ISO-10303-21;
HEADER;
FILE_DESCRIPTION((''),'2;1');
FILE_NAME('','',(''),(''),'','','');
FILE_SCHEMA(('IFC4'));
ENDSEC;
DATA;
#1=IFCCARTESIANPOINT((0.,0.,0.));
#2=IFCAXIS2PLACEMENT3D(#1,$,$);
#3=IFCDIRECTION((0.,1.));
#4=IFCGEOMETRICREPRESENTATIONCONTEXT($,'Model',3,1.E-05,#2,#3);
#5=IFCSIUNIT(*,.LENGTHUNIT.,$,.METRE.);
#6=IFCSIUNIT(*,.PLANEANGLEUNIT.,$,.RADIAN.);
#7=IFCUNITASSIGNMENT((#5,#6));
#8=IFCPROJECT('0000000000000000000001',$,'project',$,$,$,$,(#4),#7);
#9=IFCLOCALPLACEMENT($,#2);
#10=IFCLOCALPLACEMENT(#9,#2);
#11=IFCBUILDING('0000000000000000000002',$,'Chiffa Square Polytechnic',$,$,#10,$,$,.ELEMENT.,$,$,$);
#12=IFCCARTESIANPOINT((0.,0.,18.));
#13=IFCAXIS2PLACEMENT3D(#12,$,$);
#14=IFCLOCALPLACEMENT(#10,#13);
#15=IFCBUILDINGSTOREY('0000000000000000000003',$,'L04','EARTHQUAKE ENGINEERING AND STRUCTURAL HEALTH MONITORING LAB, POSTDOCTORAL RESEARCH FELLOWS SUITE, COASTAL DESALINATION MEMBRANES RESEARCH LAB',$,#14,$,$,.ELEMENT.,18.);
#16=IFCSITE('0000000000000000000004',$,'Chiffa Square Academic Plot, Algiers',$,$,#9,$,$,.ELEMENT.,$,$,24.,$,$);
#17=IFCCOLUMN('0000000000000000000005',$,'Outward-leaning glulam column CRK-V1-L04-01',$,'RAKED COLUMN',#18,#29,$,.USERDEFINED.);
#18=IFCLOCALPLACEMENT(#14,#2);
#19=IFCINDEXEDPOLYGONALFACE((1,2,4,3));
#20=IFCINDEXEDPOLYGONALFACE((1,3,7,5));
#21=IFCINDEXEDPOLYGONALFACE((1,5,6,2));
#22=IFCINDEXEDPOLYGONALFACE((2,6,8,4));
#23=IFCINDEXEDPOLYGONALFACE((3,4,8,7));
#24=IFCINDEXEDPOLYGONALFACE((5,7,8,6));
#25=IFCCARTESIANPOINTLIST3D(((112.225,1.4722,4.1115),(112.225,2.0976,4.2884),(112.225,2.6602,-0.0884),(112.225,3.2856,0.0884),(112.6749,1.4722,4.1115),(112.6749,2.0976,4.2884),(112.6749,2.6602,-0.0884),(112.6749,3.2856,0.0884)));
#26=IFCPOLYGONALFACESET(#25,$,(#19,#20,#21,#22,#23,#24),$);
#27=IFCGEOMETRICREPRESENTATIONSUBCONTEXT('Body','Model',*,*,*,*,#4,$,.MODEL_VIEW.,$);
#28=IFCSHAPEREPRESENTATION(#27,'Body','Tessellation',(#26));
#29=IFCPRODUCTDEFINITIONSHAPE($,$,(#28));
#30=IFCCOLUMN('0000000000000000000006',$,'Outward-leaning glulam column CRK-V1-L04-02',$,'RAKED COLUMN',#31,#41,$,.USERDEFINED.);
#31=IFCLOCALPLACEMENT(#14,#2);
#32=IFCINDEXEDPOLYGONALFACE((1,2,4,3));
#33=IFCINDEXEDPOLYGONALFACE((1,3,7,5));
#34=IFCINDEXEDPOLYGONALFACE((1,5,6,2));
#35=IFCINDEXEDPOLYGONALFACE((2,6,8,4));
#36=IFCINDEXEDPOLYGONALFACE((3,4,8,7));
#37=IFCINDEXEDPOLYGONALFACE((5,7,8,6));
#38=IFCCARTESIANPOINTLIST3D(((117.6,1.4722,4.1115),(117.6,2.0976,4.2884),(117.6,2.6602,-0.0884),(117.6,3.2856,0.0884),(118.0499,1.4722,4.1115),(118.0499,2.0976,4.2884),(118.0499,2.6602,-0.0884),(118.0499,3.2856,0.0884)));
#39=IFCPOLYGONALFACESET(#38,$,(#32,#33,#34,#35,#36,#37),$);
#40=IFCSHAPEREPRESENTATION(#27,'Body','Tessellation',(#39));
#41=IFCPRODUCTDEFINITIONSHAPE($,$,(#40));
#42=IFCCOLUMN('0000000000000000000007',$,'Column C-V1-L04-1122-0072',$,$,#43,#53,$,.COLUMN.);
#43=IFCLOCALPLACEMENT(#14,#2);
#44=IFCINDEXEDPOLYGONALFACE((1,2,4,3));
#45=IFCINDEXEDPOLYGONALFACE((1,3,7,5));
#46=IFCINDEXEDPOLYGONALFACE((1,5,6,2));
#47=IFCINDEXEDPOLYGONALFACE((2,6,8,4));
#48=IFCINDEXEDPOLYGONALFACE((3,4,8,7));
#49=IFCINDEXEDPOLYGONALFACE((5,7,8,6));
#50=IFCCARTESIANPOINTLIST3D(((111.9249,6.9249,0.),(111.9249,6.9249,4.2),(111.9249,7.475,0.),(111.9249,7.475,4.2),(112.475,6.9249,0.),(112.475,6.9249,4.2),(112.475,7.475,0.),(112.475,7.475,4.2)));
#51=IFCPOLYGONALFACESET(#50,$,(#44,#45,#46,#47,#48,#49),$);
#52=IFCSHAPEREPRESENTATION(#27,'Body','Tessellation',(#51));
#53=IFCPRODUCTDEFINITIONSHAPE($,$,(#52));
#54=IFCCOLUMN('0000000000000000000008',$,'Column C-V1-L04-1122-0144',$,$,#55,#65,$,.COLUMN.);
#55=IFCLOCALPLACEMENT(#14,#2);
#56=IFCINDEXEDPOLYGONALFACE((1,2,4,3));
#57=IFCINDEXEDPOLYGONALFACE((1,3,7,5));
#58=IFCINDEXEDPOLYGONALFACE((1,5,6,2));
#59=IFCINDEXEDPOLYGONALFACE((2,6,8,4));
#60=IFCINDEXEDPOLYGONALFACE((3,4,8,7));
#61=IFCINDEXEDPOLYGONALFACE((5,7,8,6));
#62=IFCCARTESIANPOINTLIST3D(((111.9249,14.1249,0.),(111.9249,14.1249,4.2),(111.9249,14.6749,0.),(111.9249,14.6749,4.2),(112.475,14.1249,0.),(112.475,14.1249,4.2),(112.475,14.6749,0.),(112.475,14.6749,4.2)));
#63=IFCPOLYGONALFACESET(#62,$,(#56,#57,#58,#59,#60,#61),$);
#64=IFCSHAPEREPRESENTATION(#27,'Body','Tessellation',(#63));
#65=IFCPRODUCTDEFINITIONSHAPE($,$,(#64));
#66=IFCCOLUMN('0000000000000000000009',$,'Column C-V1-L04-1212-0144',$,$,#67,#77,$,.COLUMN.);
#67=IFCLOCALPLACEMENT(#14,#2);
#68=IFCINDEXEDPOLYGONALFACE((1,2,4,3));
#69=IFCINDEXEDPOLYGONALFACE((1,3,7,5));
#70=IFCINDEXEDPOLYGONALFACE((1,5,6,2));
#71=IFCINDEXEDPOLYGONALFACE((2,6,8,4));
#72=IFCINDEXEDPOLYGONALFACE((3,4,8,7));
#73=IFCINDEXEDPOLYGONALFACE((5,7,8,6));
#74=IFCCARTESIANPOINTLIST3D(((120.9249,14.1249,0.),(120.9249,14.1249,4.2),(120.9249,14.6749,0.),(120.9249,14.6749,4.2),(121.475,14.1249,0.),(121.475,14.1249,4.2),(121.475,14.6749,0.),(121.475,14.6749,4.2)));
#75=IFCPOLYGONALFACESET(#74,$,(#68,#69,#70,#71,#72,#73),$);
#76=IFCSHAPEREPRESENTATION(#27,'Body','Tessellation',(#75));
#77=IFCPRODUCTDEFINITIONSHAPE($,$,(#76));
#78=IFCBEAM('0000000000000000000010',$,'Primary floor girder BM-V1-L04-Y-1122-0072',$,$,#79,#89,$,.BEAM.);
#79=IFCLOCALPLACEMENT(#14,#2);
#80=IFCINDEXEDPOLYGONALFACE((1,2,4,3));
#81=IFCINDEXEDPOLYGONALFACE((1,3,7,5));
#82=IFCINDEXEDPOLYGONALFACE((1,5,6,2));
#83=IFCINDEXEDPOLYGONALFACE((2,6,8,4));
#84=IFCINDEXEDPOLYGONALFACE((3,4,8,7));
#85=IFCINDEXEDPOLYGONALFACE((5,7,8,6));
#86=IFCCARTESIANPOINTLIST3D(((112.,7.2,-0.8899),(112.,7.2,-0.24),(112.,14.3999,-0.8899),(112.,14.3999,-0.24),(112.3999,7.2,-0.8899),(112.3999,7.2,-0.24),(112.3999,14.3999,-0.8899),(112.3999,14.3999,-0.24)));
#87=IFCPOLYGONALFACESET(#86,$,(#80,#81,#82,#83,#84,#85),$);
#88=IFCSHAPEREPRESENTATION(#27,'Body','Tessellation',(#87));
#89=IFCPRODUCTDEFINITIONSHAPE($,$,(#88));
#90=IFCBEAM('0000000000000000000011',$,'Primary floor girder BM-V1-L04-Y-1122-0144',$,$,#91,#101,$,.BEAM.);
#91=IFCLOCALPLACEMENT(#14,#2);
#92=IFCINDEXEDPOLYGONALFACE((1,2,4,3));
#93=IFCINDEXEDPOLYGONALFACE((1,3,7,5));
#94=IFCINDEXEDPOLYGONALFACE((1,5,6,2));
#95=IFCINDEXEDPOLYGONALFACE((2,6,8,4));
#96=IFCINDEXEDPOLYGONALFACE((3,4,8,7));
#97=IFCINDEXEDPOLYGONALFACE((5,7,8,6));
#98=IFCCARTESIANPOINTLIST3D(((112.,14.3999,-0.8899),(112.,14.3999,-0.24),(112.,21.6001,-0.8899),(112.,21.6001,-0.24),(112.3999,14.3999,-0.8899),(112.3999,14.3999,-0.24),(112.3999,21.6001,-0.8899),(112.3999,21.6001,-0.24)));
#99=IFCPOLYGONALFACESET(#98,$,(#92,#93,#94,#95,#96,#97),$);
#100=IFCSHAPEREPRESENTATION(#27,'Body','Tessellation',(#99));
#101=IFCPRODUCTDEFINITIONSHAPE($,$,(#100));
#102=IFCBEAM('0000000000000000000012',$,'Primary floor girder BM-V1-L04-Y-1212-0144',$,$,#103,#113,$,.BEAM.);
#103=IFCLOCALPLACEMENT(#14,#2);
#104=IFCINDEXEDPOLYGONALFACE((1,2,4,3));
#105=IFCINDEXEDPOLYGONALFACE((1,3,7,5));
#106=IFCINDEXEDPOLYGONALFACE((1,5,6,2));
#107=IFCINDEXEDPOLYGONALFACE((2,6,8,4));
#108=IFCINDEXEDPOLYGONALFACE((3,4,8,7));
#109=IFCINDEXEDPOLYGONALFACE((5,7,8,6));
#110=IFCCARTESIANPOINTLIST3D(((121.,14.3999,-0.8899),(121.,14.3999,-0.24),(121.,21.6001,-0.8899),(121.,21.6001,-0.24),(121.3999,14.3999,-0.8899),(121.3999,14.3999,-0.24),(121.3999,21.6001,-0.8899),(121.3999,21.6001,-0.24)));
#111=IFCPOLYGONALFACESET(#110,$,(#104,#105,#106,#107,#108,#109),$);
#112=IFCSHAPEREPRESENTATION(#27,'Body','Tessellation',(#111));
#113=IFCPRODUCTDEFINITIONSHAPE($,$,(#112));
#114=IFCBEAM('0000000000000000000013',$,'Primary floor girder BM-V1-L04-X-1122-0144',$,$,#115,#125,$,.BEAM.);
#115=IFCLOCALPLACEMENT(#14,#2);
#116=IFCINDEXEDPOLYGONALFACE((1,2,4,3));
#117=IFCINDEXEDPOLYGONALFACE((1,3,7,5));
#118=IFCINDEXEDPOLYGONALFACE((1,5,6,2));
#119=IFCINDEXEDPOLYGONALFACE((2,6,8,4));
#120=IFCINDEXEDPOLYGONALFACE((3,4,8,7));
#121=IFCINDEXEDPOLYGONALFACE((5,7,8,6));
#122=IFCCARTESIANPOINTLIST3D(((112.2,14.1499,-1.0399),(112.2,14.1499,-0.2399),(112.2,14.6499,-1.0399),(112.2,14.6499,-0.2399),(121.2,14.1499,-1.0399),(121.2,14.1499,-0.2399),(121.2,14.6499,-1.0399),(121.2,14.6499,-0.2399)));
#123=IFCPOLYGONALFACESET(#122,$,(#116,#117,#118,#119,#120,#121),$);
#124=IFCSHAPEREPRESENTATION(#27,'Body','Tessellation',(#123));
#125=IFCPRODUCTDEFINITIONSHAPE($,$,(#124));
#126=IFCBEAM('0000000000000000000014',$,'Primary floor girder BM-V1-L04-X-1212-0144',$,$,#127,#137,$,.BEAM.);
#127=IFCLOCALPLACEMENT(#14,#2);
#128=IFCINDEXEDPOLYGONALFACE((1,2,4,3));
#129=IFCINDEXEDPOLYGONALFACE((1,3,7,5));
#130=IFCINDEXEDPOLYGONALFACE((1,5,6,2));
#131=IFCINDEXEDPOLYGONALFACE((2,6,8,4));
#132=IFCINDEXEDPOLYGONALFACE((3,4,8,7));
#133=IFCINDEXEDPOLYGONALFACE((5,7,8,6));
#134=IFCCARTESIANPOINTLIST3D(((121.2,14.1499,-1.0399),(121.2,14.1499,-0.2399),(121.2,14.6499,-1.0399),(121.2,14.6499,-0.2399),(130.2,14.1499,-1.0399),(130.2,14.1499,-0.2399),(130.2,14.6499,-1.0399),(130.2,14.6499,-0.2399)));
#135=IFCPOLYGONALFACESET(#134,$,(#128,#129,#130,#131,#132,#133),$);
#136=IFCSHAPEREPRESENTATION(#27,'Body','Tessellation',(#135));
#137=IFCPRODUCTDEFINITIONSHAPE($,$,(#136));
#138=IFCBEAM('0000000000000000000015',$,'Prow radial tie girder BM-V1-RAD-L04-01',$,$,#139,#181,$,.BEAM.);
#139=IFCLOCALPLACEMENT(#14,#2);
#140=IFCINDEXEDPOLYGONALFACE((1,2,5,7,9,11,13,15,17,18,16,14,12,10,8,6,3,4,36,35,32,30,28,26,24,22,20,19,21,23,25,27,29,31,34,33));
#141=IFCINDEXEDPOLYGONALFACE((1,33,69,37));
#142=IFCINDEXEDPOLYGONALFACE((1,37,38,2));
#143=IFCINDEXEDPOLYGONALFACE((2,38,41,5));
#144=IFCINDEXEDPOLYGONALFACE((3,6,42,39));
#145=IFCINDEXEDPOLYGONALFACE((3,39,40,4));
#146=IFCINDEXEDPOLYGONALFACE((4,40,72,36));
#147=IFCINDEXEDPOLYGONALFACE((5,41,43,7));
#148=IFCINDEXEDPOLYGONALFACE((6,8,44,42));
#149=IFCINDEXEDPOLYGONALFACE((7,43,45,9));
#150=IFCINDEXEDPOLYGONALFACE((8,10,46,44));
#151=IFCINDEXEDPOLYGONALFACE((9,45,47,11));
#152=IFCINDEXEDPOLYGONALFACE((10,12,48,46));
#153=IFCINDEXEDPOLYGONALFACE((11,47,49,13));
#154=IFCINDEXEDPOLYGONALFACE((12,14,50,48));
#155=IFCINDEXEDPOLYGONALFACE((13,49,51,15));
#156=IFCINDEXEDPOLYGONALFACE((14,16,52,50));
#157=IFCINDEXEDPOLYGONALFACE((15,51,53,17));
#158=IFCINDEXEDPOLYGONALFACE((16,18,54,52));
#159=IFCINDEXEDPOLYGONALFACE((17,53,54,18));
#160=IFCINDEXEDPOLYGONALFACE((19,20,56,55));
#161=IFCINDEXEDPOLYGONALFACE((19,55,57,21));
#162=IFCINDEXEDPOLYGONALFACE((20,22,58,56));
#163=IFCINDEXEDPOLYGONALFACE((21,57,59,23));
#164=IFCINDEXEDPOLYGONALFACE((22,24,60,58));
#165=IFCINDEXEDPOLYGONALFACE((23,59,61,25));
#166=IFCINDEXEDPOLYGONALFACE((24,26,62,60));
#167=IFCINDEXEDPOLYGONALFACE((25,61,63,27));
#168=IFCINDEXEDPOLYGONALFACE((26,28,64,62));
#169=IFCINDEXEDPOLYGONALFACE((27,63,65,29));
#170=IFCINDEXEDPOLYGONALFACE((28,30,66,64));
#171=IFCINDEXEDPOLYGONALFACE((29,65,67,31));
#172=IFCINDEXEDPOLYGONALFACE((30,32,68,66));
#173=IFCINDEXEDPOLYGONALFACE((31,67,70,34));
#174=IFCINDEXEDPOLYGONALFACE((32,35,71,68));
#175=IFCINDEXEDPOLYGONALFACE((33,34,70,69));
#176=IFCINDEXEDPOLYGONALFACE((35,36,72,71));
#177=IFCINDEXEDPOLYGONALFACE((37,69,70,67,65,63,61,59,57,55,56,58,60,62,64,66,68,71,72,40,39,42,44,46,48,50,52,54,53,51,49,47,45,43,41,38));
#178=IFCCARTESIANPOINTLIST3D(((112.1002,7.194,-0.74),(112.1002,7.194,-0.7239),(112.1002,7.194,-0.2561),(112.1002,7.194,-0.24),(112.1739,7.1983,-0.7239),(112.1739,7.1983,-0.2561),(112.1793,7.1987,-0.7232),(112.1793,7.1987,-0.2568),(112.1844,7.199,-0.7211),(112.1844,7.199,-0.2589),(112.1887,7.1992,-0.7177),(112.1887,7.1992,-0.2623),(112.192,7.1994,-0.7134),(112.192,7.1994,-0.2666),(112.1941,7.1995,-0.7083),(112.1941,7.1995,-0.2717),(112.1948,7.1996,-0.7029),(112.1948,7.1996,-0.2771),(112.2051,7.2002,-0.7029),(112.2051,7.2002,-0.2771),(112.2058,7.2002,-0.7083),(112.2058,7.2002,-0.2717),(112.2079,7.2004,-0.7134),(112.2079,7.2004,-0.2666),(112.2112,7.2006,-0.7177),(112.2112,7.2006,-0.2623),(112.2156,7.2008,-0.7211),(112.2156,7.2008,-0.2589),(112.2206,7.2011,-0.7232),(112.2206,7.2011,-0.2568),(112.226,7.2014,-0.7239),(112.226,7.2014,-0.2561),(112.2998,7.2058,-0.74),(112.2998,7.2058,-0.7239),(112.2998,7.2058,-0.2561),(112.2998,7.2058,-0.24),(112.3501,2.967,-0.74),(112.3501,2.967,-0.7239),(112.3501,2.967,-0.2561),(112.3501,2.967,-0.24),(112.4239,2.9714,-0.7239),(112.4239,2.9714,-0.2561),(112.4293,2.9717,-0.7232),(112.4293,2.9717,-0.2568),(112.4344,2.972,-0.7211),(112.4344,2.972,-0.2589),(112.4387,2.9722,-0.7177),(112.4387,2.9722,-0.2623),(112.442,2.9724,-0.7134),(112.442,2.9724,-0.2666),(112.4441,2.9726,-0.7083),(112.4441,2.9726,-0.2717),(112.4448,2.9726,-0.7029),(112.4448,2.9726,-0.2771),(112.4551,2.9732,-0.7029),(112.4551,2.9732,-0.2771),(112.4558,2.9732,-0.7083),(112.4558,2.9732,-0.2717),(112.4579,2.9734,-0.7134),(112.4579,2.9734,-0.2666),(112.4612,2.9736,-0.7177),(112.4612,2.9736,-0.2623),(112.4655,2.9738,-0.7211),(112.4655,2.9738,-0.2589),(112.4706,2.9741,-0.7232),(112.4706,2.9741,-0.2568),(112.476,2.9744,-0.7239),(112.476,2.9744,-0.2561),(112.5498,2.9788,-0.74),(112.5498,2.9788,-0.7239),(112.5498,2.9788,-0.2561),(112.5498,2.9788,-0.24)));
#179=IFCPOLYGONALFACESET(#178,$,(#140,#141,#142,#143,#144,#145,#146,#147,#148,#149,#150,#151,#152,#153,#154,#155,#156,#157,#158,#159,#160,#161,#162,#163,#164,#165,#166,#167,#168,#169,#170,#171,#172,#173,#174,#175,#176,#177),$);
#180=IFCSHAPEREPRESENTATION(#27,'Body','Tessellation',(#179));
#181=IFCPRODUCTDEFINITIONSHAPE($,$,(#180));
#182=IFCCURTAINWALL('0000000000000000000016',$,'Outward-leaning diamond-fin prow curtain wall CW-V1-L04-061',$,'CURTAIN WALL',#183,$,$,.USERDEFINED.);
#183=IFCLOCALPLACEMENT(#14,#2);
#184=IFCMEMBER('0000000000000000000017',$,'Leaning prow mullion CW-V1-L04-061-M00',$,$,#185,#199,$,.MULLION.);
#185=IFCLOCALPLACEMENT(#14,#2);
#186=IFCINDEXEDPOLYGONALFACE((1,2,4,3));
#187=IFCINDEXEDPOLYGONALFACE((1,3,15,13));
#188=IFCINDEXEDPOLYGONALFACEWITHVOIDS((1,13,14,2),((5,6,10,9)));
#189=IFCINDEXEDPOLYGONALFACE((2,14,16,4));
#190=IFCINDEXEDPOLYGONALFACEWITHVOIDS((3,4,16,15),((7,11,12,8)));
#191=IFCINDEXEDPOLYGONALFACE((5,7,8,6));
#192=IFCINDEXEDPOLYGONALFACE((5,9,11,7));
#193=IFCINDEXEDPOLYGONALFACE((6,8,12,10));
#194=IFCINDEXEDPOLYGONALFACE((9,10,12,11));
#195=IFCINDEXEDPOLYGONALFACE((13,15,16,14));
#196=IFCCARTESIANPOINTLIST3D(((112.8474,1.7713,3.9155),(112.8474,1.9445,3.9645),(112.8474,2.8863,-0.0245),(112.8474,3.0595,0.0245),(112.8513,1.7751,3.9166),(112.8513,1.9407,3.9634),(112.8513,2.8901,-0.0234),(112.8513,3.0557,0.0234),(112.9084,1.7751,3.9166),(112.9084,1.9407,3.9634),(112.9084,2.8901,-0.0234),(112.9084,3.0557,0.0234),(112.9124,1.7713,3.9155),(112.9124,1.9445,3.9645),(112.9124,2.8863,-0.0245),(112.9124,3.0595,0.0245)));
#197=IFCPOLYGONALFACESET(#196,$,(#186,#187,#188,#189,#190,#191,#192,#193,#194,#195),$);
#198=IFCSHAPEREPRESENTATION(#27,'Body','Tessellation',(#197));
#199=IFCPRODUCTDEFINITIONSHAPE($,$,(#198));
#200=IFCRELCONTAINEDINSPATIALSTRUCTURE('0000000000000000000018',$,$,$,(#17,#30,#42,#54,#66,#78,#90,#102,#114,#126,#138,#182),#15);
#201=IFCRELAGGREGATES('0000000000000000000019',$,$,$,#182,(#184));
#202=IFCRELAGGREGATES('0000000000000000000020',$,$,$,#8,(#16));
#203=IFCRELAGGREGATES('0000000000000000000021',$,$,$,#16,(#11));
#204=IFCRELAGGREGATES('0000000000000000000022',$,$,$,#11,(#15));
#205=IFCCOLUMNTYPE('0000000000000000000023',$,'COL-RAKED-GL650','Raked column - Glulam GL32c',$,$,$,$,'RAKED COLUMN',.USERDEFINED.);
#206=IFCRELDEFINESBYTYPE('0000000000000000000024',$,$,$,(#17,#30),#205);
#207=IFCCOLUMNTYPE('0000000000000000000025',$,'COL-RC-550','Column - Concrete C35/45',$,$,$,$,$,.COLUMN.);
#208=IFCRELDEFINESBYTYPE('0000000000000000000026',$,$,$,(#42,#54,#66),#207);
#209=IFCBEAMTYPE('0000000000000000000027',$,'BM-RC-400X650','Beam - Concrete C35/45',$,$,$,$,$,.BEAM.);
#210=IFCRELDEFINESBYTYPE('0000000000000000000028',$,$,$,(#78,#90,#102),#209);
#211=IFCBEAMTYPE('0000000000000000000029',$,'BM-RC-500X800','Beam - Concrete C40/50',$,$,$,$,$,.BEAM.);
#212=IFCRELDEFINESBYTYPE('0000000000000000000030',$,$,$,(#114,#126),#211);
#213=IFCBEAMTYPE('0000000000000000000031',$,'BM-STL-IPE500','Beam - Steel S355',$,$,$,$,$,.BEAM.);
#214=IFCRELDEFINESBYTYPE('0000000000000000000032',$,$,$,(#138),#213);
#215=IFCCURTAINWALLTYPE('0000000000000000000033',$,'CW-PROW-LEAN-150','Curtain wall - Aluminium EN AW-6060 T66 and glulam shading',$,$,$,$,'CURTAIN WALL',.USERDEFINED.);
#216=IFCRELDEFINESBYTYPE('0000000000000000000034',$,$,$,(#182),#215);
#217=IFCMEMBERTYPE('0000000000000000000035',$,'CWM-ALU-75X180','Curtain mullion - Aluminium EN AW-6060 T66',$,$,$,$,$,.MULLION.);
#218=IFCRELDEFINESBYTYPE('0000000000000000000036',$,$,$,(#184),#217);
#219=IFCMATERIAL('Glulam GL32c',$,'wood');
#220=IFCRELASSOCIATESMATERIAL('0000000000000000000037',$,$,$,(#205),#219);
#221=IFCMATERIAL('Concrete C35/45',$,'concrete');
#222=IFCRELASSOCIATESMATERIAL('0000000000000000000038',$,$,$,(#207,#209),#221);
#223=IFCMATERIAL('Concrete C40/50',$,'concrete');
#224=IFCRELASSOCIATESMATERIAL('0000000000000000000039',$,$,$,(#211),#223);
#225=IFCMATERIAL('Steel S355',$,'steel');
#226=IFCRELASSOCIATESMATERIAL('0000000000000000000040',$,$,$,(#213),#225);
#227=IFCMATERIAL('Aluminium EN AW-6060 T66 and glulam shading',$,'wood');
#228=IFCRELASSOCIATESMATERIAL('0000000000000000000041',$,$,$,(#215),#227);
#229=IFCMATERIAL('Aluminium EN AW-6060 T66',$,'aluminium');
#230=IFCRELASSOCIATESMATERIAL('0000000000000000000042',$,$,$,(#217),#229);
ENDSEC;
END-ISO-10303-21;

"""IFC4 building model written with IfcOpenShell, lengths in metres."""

from ifc_helpers import new_model, si_unit, direction, frame, origin, origin_2d, place, context, subcontext, project, spatial, rectangle, hollow_rectangle, i_section, extrude, material, material_profile, profile_set, type_object, element, aggregate, save


model = new_model("IFC4")

# Units and contexts
model_context = context("Model", 3, precision=1e-05, world=origin(), true_north=direction((0.0, 1.0)))
body_context = subcontext(model_context, "Body", "Model", "MODEL_VIEW")
ifc_project = project(units=[si_unit("LENGTHUNIT", "METRE"), si_unit("PLANEANGLEUNIT", "RADIAN")], contexts=[model_context])

# Site, building, storey
site_placement = place(None, origin())
site = spatial("IfcSite", under=ifc_project, at=site_placement, Name="Chiffa Square Academic Plot, Algiers", CompositionType="ELEMENT", RefElevation=24.0)
building_placement = place(site_placement, origin())
building = spatial("IfcBuilding", under=site, at=building_placement, Name="Chiffa Square Polytechnic", CompositionType="ELEMENT")
storey_placement = place(building_placement, frame((0.0, 0.0, 18.0)))
storey = spatial("IfcBuildingStorey", under=building, at=storey_placement, Name="L04", Description="EARTHQUAKE ENGINEERING AND STRUCTURAL HEALTH MONITORING LAB, POSTDOCTORAL RESEARCH FELLOWS SUITE, COASTAL DESALINATION MEMBRANES RESEARCH LAB", CompositionType="ELEMENT", Elevation=18.0)

# Columns
ifc_material_1 = material(Name="Glulam GL32c", Category="wood")
ifc_material_profile_1 = material_profile(ifc_material_1, rectangle(XDim=0.45, YDim=0.6499, at=origin_2d()), Name="GL32c 450x650")
ifc_profile_set_1 = profile_set([ifc_material_profile_1], Name="Glulam GL32c")
column_type_1 = type_object("IfcColumnType", Name="COL-RAKED-GL650", Description="Raked column - Glulam GL32c", ElementType="RAKED COLUMN", PredefinedType="USERDEFINED", material=ifc_profile_set_1)
for number, where, z_axis, x_axis, name in (
    (1, (112.45, 2.9729, 0.0), (0.0, -0.272179, 0.962247), (1.0, 0.0, 0.0), "Outward-leaning glulam column CRK-V1-L04-01"),
    (2, (117.825, 2.9729, 0.0), (0.0, -0.272179, 0.962247), (1.0, 0.0, 0.0), "Outward-leaning glulam column CRK-V1-L04-02"),
):
    element("IfcColumn", number, at=place(storey_placement, frame(where, z_axis=z_axis, x_axis=x_axis)), inside=storey, type_object=column_type_1, Name=name, ObjectType="RAKED COLUMN", PredefinedType="USERDEFINED", context=body_context, shape_type="SweptSolid", body=[
        extrude(rectangle(XDim=0.45, YDim=0.6499, at=origin_2d()), origin(), (0.0, 0.0, 1.0), 4.3647),
    ])
ifc_material_2 = material(Name="Concrete C35/45", Category="concrete")
ifc_material_profile_2 = material_profile(ifc_material_2, rectangle(XDim=0.55, YDim=0.55, at=origin_2d()), Name="RC 550x550")
ifc_profile_set_2 = profile_set([ifc_material_profile_2], Name="Concrete C35/45")
column_type_2 = type_object("IfcColumnType", Name="COL-RC-550", Description="Column - Concrete C35/45", PredefinedType="COLUMN", material=ifc_profile_set_2)
for number, where, z_axis, x_axis, name in (
    (3, (112.2, 7.2, 0.0), (0.0, 0.0, 1.0), (1.0, 0.0, 0.0), "Column C-V1-L04-1122-0072"),
    (4, (112.2, 14.3999, 0.0), (0.0, 0.0, 1.0), (1.0, 0.0, 0.0), "Column C-V1-L04-1122-0144"),
    (5, (121.2, 14.3999, 0.0), (0.0, 0.0, 1.0), (1.0, 0.0, 0.0), "Column C-V1-L04-1212-0144"),
):
    element("IfcColumn", number, at=place(storey_placement, frame(where, z_axis=z_axis, x_axis=x_axis)), inside=storey, type_object=column_type_2, Name=name, PredefinedType="COLUMN", context=body_context, shape_type="SweptSolid", body=[
        extrude(rectangle(XDim=0.55, YDim=0.55, at=origin_2d()), origin(), (0.0, 0.0, 1.0), 4.2),
    ])

# Beams
ifc_material_profile_3 = material_profile(ifc_material_2, rectangle(XDim=0.3999, YDim=0.6499, at=origin_2d()), Name="RC 400x650")
ifc_profile_set_3 = profile_set([ifc_material_profile_3], Name="Concrete C35/45")
beam_type_1 = type_object("IfcBeamType", Name="BM-RC-400X650", Description="Beam - Concrete C35/45", PredefinedType="BEAM", material=ifc_profile_set_3)
beam_1_placement = place(storey_placement, frame((112.2, 7.2, -0.5649), z_axis=(0.0, 1.0, 0.0), x_axis=(-1.0, 0.0, 0.0)))
element("IfcBeam", 6, at=beam_1_placement, inside=storey, type_object=beam_type_1, Name="Primary floor girder BM-V1-L04-Y-1122-0072", PredefinedType="BEAM", context=body_context, shape_type="SweptSolid", body=[
    extrude(rectangle(XDim=0.3999, YDim=0.6499, at=origin_2d()), origin(), (0.0, 0.0, 1.0), 7.2),
])
for number, where, z_axis, x_axis, name in (
    (7, (112.2, 14.3999, -0.5649), (0.0, 1.0, 0.0), (-1.0, 0.0, 0.0), "Primary floor girder BM-V1-L04-Y-1122-0144"),
    (8, (121.2, 14.3999, -0.5649), (0.0, 1.0, 0.0), (-1.0, 0.0, 0.0), "Primary floor girder BM-V1-L04-Y-1212-0144"),
):
    element("IfcBeam", number, at=place(storey_placement, frame(where, z_axis=z_axis, x_axis=x_axis)), inside=storey, type_object=beam_type_1, Name=name, PredefinedType="BEAM", context=body_context, shape_type="SweptSolid", body=[
        extrude(rectangle(XDim=0.3999, YDim=0.6499, at=origin_2d()), origin(), (0.0, 0.0, 1.0), 7.2002),
    ])
ifc_material_3 = material(Name="Concrete C40/50", Category="concrete")
ifc_material_profile_4 = material_profile(ifc_material_3, rectangle(XDim=0.5, YDim=0.8, at=origin_2d()), Name="RC 500x800")
ifc_profile_set_4 = profile_set([ifc_material_profile_4], Name="Concrete C40/50")
beam_type_2 = type_object("IfcBeamType", Name="BM-RC-500X800", Description="Beam - Concrete C40/50", PredefinedType="BEAM", material=ifc_profile_set_4)
for number, where, z_axis, x_axis, name in (
    (9, (112.2, 14.3999, -0.6399), (1.0, 0.0, 0.0), (0.0, 1.0, 0.0), "Primary floor girder BM-V1-L04-X-1122-0144"),
    (10, (121.2, 14.3999, -0.6399), (1.0, 0.0, 0.0), (0.0, 1.0, 0.0), "Primary floor girder BM-V1-L04-X-1212-0144"),
):
    element("IfcBeam", number, at=place(storey_placement, frame(where, z_axis=z_axis, x_axis=x_axis)), inside=storey, type_object=beam_type_2, Name=name, PredefinedType="BEAM", context=body_context, shape_type="SweptSolid", body=[
        extrude(rectangle(XDim=0.5, YDim=0.8, at=origin_2d()), origin(), (0.0, 0.0, 1.0), 9.0),
    ])
ifc_material_4 = material(Name="Steel S355", Category="steel")
ifc_material_profile_5 = material_profile(ifc_material_4, i_section(OverallWidth=0.2, OverallDepth=0.5, WebThickness=0.0103, FlangeThickness=0.0161, FilletRadius=0.021, at=origin_2d()), Name="IPE 500")
ifc_profile_set_5 = profile_set([ifc_material_profile_5], Name="Steel S355")
beam_type_3 = type_object("IfcBeamType", Name="BM-STL-IPE500", Description="Beam - Steel S355", PredefinedType="BEAM", material=ifc_profile_set_5)
beam_2_placement = place(storey_placement, frame((112.45, 2.9729, -0.49), z_axis=(-0.05904, 0.998256, 0.0), x_axis=(-0.998256, -0.05904, 0.0)))
element("IfcBeam", 11, at=beam_2_placement, inside=storey, type_object=beam_type_3, Name="Prow radial tie girder BM-V1-RAD-L04-01", PredefinedType="BEAM", context=body_context, shape_type="SweptSolid", body=[
    extrude(i_section(OverallWidth=0.2, OverallDepth=0.5, WebThickness=0.0103, FlangeThickness=0.0161, FilletRadius=0.021, at=origin_2d()), origin(), (0.0, 0.0, 1.0), 4.2344),
])

# Curtain wall, member
ifc_material_5 = material(Name="Aluminium EN AW-6060 T66 and glulam shading", Category="wood")
curtain_wall_type_1 = type_object("IfcCurtainWallType", Name="CW-PROW-LEAN-150", Description="Curtain wall - Aluminium EN AW-6060 T66 and glulam shading", ElementType="CURTAIN WALL", PredefinedType="USERDEFINED", material=ifc_material_5)
curtain_wall_1_placement = place(storey_placement, origin())
curtain_wall_1 = element("IfcCurtainWall", 12, at=curtain_wall_1_placement, inside=storey, type_object=curtain_wall_type_1, Name="Outward-leaning diamond-fin prow curtain wall CW-V1-L04-061", ObjectType="CURTAIN WALL", PredefinedType="USERDEFINED")
ifc_material_6 = material(Name="Aluminium EN AW-6060 T66", Category="aluminium")
ifc_material_profile_6 = material_profile(ifc_material_6, hollow_rectangle(XDim=0.0649, YDim=0.1799, WallThickness=0.0039, at=origin_2d()), Name="ALU 65x180x4")
ifc_profile_set_6 = profile_set([ifc_material_profile_6], Name="Aluminium EN AW-6060 T66")
member_type_1 = type_object("IfcMemberType", Name="CWM-ALU-75X180", Description="Curtain mullion - Aluminium EN AW-6060 T66", PredefinedType="MULLION", material=ifc_profile_set_6)
member_1_placement = place(storey_placement, frame((112.8799, 2.9729, 0.0), z_axis=(0.0, -0.272303, 0.962212), x_axis=(1.0, 0.0, 0.0)))
member_1 = element("IfcMember", 13, at=member_1_placement, type_object=member_type_1, Name="Leaning prow mullion CW-V1-L04-061-M00", PredefinedType="MULLION", context=body_context, shape_type="SweptSolid", body=[
    extrude(hollow_rectangle(XDim=0.0649, YDim=0.1799, WallThickness=0.0039, at=origin_2d()), origin(), (0.0, 0.0, 1.0), 4.0947),
])

aggregate(curtain_wall_1, [member_1])

save(model, "model.ifc")
